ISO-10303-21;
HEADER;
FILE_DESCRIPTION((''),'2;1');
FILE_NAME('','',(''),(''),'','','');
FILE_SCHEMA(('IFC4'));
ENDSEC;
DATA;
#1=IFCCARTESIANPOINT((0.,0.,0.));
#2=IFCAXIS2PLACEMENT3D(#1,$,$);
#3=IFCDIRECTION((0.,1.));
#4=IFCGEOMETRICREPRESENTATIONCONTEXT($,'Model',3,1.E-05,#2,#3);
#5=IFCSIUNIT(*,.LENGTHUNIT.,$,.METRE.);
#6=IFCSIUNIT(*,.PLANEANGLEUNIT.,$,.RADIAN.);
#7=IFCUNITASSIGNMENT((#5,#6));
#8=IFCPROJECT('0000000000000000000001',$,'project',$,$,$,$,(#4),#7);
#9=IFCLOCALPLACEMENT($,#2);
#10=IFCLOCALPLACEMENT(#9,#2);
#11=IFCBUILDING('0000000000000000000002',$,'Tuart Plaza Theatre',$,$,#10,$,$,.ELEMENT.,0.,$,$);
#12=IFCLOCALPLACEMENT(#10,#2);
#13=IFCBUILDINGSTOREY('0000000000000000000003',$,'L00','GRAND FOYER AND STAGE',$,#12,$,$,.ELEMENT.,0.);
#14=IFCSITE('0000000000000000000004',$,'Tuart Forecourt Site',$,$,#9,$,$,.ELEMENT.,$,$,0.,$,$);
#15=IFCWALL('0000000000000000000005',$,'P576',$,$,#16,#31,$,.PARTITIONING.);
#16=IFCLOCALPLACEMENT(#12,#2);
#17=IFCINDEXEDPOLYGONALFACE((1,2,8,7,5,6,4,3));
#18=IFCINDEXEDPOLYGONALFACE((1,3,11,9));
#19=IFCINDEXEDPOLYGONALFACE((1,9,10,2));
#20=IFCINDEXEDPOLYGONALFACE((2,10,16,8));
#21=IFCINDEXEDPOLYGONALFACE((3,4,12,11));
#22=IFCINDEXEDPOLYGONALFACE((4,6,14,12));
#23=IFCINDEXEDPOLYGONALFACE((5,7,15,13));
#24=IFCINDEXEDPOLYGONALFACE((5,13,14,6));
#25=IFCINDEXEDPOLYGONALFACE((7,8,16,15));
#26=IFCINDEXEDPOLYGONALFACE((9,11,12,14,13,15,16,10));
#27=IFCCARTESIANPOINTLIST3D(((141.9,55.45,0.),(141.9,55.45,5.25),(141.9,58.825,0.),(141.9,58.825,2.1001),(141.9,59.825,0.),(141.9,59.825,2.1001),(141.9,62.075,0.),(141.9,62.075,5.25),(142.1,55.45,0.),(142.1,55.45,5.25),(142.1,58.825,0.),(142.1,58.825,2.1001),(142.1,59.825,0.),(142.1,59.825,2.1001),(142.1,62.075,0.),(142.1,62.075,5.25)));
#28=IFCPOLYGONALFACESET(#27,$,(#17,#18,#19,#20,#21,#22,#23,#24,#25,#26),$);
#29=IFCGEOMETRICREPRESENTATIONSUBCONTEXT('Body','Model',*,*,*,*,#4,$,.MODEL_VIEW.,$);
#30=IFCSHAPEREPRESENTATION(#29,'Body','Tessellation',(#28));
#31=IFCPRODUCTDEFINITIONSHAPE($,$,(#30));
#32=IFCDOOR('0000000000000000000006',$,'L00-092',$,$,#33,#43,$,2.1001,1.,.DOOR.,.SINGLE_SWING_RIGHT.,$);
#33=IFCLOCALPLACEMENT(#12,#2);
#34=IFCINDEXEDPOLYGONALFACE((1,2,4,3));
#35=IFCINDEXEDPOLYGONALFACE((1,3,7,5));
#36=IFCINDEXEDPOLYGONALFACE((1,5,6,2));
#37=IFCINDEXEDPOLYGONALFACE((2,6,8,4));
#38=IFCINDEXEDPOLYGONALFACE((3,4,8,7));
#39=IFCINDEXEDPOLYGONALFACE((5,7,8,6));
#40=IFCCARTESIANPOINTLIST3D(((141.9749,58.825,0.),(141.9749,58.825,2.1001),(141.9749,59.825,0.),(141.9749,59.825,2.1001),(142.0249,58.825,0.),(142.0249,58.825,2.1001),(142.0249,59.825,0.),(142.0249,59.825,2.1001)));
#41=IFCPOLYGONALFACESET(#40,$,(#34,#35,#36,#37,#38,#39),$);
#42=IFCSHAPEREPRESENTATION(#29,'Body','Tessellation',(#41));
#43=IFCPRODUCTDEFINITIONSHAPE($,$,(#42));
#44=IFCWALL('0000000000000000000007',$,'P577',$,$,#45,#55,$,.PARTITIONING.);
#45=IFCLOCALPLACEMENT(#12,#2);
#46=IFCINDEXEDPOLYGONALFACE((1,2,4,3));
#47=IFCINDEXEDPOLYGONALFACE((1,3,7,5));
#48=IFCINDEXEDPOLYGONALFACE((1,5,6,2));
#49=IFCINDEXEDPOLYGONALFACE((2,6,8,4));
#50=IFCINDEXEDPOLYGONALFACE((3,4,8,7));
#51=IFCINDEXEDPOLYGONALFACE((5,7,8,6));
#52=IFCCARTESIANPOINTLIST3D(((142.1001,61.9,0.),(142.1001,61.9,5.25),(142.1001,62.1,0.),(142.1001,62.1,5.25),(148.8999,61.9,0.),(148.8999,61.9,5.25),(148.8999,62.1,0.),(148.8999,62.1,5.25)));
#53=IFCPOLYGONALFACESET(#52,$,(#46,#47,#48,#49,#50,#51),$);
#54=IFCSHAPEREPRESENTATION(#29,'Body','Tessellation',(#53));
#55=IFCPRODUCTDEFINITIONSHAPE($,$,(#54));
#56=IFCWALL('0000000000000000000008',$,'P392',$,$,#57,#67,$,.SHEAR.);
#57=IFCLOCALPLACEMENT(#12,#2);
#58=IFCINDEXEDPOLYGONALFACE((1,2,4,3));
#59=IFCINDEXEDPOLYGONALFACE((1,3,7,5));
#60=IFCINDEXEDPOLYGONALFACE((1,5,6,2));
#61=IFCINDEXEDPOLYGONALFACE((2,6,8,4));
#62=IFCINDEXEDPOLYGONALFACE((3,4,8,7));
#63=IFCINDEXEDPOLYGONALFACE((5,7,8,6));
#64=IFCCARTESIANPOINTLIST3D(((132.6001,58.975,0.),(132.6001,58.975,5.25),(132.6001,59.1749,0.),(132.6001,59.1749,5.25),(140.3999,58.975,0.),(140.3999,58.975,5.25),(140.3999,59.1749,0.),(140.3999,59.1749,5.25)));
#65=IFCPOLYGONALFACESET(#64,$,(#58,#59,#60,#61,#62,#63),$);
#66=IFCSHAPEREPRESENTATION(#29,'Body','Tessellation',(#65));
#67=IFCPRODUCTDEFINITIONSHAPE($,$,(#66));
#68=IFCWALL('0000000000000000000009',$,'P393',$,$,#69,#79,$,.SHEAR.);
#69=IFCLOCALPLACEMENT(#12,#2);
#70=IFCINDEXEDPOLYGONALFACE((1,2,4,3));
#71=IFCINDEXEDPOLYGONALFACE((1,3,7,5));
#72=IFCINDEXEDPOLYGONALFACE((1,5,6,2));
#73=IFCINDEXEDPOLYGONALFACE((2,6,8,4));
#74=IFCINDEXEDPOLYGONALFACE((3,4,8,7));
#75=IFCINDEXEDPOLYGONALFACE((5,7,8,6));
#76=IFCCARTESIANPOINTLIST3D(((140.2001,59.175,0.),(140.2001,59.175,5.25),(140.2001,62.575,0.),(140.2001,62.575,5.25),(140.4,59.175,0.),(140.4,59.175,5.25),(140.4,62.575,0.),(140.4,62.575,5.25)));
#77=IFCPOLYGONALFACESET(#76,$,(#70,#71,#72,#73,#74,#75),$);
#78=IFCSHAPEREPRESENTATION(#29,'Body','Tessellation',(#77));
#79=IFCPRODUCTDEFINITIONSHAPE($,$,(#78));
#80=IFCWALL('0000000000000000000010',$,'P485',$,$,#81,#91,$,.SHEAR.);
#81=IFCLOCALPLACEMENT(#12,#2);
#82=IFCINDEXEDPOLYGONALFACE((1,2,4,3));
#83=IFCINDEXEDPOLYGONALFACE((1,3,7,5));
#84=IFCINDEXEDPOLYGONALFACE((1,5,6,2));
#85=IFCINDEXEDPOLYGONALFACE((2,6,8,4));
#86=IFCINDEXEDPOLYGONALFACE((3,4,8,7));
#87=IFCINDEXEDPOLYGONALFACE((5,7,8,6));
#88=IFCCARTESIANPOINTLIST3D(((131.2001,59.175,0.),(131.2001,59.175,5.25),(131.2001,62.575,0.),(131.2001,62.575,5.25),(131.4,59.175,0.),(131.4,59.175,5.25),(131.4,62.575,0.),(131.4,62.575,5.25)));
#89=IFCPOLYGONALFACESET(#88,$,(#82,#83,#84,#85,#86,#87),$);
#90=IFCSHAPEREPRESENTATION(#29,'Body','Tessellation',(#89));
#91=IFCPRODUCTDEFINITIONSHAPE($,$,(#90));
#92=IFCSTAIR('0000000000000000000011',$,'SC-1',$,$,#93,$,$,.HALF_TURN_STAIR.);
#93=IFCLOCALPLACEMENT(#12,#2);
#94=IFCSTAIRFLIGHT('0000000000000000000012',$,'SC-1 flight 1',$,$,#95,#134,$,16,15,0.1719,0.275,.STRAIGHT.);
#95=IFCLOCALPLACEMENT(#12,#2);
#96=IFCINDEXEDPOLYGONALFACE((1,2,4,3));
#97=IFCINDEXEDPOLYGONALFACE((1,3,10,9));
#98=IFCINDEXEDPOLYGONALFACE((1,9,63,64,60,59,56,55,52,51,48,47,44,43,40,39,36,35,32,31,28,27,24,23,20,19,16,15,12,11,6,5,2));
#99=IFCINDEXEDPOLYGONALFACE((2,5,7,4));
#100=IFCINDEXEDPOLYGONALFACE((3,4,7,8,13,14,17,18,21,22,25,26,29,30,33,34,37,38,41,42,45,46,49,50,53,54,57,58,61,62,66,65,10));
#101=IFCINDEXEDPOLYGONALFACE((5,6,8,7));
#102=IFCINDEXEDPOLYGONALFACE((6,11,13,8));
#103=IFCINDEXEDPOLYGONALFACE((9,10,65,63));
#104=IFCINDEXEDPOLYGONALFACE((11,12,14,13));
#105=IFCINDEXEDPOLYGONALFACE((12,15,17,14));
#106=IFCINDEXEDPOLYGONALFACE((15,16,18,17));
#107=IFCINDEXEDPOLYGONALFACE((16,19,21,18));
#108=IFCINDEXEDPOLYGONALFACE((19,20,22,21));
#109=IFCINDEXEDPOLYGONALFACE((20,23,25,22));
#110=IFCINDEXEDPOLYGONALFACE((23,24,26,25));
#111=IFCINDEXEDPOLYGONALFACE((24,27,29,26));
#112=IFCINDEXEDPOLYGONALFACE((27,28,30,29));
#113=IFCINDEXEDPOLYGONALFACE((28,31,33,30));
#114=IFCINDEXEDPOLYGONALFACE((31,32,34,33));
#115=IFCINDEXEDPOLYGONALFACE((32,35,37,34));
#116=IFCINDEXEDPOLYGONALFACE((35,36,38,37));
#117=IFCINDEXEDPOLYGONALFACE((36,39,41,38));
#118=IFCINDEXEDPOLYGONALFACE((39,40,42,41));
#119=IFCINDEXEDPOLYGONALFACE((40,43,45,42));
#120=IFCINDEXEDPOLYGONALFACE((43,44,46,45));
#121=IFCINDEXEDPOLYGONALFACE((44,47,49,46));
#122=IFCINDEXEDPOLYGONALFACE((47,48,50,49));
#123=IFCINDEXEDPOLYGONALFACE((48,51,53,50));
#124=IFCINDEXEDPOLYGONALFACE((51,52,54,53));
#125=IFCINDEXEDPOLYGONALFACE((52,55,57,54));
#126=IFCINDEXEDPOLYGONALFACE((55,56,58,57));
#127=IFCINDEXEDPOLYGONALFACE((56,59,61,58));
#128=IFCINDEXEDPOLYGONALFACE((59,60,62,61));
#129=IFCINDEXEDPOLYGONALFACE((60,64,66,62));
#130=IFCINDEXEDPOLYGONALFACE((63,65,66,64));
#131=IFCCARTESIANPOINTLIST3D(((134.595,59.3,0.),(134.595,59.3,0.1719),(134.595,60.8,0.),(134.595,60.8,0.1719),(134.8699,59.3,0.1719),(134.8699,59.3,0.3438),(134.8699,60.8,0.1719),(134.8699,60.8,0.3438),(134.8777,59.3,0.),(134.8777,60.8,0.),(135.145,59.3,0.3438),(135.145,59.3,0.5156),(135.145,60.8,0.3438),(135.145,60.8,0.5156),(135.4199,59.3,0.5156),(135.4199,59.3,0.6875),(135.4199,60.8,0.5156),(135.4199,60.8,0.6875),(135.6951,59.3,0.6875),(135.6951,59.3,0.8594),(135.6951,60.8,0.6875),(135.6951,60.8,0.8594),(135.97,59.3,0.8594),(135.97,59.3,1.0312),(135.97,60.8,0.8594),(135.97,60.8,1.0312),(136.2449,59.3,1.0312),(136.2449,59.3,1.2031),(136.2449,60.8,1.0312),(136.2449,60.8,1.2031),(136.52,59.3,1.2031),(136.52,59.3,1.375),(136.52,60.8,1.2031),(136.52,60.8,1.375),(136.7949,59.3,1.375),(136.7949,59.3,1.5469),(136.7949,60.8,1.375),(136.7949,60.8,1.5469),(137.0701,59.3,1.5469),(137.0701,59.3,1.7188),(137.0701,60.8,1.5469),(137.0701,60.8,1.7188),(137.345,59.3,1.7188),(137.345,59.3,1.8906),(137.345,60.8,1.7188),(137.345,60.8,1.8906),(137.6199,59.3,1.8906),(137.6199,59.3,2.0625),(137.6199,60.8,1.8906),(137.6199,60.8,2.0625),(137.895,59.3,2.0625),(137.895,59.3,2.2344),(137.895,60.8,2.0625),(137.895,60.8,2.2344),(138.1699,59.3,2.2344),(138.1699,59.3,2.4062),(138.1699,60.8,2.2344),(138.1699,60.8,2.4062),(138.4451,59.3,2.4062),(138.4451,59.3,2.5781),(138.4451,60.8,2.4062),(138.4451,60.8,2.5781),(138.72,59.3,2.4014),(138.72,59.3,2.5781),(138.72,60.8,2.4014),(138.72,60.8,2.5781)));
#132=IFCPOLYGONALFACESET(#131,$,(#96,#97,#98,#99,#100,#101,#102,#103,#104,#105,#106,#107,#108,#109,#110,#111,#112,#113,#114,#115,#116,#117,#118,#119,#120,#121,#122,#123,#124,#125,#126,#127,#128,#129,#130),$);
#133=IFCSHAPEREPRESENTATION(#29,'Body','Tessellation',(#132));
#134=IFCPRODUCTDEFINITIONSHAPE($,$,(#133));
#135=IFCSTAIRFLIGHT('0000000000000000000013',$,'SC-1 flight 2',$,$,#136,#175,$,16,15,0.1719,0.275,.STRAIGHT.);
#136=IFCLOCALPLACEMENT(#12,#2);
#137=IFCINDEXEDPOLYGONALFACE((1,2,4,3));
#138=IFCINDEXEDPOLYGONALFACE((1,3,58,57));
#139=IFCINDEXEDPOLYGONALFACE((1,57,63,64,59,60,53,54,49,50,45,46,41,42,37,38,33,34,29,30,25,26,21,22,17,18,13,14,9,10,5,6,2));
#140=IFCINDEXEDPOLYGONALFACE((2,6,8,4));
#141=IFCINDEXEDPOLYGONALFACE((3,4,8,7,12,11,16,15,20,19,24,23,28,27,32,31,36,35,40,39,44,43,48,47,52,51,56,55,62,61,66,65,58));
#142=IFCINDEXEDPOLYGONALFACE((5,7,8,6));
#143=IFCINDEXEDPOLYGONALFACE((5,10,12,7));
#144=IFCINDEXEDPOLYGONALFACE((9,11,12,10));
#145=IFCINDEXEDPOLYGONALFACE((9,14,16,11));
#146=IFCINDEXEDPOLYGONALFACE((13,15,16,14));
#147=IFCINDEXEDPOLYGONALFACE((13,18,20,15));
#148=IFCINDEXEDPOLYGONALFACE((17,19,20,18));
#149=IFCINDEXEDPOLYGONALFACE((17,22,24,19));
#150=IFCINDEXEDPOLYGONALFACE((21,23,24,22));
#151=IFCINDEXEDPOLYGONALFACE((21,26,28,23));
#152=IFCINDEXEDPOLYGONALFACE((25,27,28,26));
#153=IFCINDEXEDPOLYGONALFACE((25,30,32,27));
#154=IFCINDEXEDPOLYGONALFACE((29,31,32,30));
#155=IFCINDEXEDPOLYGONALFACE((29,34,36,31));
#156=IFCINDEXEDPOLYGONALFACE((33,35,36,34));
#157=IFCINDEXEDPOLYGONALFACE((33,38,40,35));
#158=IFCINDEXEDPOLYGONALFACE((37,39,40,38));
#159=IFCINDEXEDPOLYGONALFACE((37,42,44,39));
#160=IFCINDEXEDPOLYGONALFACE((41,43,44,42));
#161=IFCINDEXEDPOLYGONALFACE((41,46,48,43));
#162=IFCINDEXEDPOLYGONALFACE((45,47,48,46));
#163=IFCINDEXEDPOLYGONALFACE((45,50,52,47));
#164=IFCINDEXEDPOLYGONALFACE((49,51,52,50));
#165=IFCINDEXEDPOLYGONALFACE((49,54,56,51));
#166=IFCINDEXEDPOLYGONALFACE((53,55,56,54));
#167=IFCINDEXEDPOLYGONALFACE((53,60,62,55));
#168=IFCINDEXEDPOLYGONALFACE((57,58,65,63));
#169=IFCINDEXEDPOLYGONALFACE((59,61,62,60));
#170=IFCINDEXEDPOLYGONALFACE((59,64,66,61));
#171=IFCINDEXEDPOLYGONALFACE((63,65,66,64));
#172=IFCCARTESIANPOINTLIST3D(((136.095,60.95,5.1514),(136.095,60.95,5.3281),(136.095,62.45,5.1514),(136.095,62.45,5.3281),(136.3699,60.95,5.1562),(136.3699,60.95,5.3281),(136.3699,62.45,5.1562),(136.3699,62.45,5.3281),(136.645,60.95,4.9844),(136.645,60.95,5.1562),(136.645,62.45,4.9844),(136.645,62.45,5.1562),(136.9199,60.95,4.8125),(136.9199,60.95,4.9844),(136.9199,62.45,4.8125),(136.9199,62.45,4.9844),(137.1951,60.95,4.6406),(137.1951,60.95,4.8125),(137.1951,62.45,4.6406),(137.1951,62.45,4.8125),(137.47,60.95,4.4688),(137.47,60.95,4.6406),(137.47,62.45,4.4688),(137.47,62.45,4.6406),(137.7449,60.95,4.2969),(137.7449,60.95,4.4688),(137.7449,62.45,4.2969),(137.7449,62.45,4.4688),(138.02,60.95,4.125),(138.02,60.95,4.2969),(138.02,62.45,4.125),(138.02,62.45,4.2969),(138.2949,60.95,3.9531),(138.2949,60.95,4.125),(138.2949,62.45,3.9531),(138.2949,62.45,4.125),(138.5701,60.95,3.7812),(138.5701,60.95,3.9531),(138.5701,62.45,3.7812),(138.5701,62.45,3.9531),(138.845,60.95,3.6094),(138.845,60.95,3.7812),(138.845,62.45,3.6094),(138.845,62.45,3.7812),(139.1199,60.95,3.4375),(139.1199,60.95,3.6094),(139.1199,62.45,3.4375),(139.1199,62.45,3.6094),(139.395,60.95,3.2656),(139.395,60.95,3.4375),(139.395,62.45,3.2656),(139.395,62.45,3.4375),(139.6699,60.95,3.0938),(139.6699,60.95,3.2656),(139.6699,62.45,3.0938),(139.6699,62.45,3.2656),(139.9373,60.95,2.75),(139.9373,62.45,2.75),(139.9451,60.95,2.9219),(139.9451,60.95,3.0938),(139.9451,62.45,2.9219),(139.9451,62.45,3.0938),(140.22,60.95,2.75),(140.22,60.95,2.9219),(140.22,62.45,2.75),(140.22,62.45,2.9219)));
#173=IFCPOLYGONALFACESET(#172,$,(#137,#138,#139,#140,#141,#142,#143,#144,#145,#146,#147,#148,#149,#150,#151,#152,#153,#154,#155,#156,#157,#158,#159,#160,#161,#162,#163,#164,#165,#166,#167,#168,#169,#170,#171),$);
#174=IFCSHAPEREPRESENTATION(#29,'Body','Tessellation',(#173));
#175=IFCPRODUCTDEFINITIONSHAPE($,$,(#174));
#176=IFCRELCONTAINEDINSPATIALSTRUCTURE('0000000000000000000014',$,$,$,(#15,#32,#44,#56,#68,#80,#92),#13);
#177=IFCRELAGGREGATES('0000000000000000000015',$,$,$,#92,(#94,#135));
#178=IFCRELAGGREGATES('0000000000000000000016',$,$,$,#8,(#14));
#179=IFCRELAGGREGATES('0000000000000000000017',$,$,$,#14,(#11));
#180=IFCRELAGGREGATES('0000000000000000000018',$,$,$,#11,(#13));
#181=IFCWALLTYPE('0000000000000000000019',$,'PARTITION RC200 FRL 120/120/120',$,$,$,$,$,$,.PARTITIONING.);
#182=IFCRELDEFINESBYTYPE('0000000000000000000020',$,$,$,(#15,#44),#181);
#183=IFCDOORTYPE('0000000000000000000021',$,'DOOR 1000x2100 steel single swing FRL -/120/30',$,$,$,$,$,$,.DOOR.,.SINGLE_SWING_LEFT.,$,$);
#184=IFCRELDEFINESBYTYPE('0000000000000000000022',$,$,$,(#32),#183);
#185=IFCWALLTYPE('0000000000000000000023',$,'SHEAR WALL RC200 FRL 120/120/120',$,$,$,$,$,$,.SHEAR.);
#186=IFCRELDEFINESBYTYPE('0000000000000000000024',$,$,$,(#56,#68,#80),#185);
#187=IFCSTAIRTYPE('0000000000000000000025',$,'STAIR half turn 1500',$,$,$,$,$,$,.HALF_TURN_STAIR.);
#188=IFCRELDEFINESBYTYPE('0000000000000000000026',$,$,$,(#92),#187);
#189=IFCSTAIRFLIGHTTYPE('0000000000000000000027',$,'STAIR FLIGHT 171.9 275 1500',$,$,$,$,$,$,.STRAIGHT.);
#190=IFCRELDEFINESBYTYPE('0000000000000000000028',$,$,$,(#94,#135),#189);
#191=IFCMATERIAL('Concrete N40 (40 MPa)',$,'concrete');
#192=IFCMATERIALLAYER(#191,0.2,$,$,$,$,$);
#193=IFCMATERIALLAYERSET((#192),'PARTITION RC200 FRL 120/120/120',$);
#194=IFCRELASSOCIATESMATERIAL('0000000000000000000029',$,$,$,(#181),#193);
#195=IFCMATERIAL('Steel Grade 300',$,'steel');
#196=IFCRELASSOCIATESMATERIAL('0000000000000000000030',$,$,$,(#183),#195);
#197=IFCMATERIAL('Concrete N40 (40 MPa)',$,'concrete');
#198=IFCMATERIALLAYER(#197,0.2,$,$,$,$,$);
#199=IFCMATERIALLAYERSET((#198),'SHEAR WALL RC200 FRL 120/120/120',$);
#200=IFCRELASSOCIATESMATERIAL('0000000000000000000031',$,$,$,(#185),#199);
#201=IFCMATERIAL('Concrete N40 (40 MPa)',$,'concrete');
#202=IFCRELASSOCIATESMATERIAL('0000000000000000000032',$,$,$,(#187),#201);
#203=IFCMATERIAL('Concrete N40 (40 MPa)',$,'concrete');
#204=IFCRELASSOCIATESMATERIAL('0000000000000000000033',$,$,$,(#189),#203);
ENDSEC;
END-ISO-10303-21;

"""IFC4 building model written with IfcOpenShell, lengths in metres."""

from ifc_helpers import new_model, si_unit, direction, frame, frame_2d, origin, place, context, subcontext, project, spatial, polyline, rectangle, outline, extrude, material, layer, layer_set, type_object, element, fill, aggregate, save


model = new_model("IFC4")

# Units and contexts
model_context = context("Model", 3, precision=1e-05, world=origin(), true_north=direction((0.0, 1.0)))
body_context = subcontext(model_context, "Body", "Model", "MODEL_VIEW")
ifc_project = project(units=[si_unit("LENGTHUNIT", "METRE"), si_unit("PLANEANGLEUNIT", "RADIAN")], contexts=[model_context])

# Site, building, storey
site_placement = place(None, origin())
site = spatial("IfcSite", under=ifc_project, at=site_placement, Name="Tuart Forecourt Site", CompositionType="ELEMENT", RefElevation=0.0)
building_placement = place(site_placement, origin())
building = spatial("IfcBuilding", under=site, at=building_placement, Name="Tuart Plaza Theatre", CompositionType="ELEMENT", ElevationOfRefHeight=0.0)
storey_placement = place(building_placement, origin())
storey = spatial("IfcBuildingStorey", under=building, at=storey_placement, Name="L00", Description="GRAND FOYER AND STAGE", CompositionType="ELEMENT", Elevation=0.0)

# Wall, opening, door
ifc_material_1 = material(Name="Concrete N40 (40 MPa)", Category="concrete")
ifc_layer_1 = layer(ifc_material_1, 0.2)
ifc_layer_set_1 = layer_set([ifc_layer_1], Name="PARTITION RC200 FRL 120/120/120")
wall_type_1 = type_object("IfcWallType", Name="PARTITION RC200 FRL 120/120/120", PredefinedType="PARTITIONING", material=ifc_layer_set_1)
wall_1_placement = place(storey_placement, frame((142.0, 55.45, 0.0), z_axis=(0.0, 0.0, 1.0), x_axis=(0.0, 1.0, 0.0)))
wall_1 = element("IfcWall", 1, at=wall_1_placement, inside=storey, type_object=wall_type_1, Name="P576", PredefinedType="PARTITIONING", context=body_context, shape_type="SweptSolid", body=[
    extrude(rectangle(XDim=6.625, YDim=0.2, at=frame_2d((3.3125, 0.0))), origin(), (0.0, 0.0, 1.0), 5.25),
])
opening_1_placement = place(wall_1_placement, frame((3.375, 0.0, 0.0)))
opening_1 = element("IfcOpeningElement", 2, at=opening_1_placement, cuts=wall_1, PredefinedType="OPENING", context=body_context, shape_type="SweptSolid", body=[
    extrude(rectangle(XDim=1.0, YDim=2.1001, at=frame_2d((0.5, 1.05))), frame((0.0, 0.1099, 0.0), z_axis=(0.0, -1.0, 0.0), x_axis=(1.0, 0.0, 0.0)), (0.0, 0.0, 1.0), 0.22),
])
ifc_material_2 = material(Name="Steel Grade 300", Category="steel")
door_type_1 = type_object("IfcDoorType", Name="DOOR 1000x2100 steel single swing FRL -/120/30", OperationType="SINGLE_SWING_LEFT", PredefinedType="DOOR", material=ifc_material_2)
door_1_placement = place(opening_1_placement, frame((1.0, 0.0, 0.0), z_axis=(0.0, 0.0, 1.0), x_axis=(-1.0, 0.0, 0.0)))
door_1 = element("IfcDoor", 3, at=door_1_placement, inside=storey, type_object=door_type_1, Name="L00-092", OperationType="SINGLE_SWING_RIGHT", OverallHeight=2.1001, OverallWidth=1.0, PredefinedType="DOOR", context=body_context, shape_type="SweptSolid", body=[
    extrude(rectangle(XDim=1.0, YDim=2.1001, at=frame_2d((0.5, 1.05))), frame((0.0, 0.0249, 0.0), z_axis=(0.0, -1.0, 0.0), x_axis=(1.0, 0.0, 0.0)), (0.0, 0.0, 1.0), 0.05),
])
fill(opening_1, door_1)

# Walls
wall_2_placement = place(storey_placement, frame((142.1001, 62.0, 0.0), z_axis=(0.0, 0.0, 1.0), x_axis=(1.0, 0.0, 0.0)))
element("IfcWall", 4, at=wall_2_placement, inside=storey, type_object=wall_type_1, Name="P577", PredefinedType="PARTITIONING", context=body_context, shape_type="SweptSolid", body=[
    extrude(rectangle(XDim=6.7998, YDim=0.2, at=frame_2d((3.3999, 0.0))), origin(), (0.0, 0.0, 1.0), 5.25),
])
ifc_material_3 = material(Name="Concrete N40 (40 MPa)", Category="concrete")
ifc_layer_2 = layer(ifc_material_3, 0.2)
ifc_layer_set_2 = layer_set([ifc_layer_2], Name="SHEAR WALL RC200 FRL 120/120/120")
wall_type_2 = type_object("IfcWallType", Name="SHEAR WALL RC200 FRL 120/120/120", PredefinedType="SHEAR", material=ifc_layer_set_2)
wall_3_placement = place(storey_placement, frame((132.6001, 59.075, 0.0), z_axis=(0.0, 0.0, 1.0), x_axis=(1.0, 0.0, 0.0)))
element("IfcWall", 5, at=wall_3_placement, inside=storey, type_object=wall_type_2, Name="P392", PredefinedType="SHEAR", context=body_context, shape_type="SweptSolid", body=[
    extrude(rectangle(XDim=7.7998, YDim=0.2, at=frame_2d((3.8999, 0.0))), origin(), (0.0, 0.0, 1.0), 5.25),
])
for number, where, z_axis, x_axis, name in (
    (6, (140.3, 59.175, 0.0), (0.0, 0.0, 1.0), (0.0, 1.0, 0.0), "P393"),
    (7, (131.3, 59.175, 0.0), (0.0, 0.0, 1.0), (0.0, 1.0, 0.0), "P485"),
):
    element("IfcWall", number, at=place(storey_placement, frame(where, z_axis=z_axis, x_axis=x_axis)), inside=storey, type_object=wall_type_2, Name=name, PredefinedType="SHEAR", context=body_context, shape_type="SweptSolid", body=[
        extrude(rectangle(XDim=3.3999, YDim=0.2, at=frame_2d((1.7, 0.0))), origin(), (0.0, 0.0, 1.0), 5.25),
    ])

# Stair, stair flights
ifc_material_4 = material(Name="Concrete N40 (40 MPa)", Category="concrete")
stair_type = type_object("IfcStairType", Name="STAIR half turn 1500", PredefinedType="HALF_TURN_STAIR", material=ifc_material_4)
stair_placement = place(storey_placement, origin())
stair = element("IfcStair", 8, at=stair_placement, inside=storey, type_object=stair_type, Name="SC-1", PredefinedType="HALF_TURN_STAIR")
ifc_material_5 = material(Name="Concrete N40 (40 MPa)", Category="concrete")
stair_flight_type = type_object("IfcStairFlightType", Name="STAIR FLIGHT 171.9 275 1500", PredefinedType="STRAIGHT", material=ifc_material_5)
stair_flight_1_placement = place(storey_placement, frame((134.595, 60.05, 0.0), z_axis=(0.0, 0.0, 1.0), x_axis=(1.0, 0.0, 0.0)))
stair_flight_1 = element("IfcStairFlight", 9, at=stair_flight_1_placement, type_object=stair_flight_type, Name="SC-1 flight 1", NumberOfRisers=16, NumberOfTreads=15, PredefinedType="STRAIGHT", RiserHeight=0.1719, TreadLength=0.275, context=body_context, shape_type="SweptSolid", body=[
    extrude(outline(polyline([(0.0, 0.0), (0.0, 0.1719), (0.2749, 0.1719), (0.2749, 0.3438), (0.55, 0.3438), (0.55, 0.5156), (0.825, 0.5156), (0.825, 0.6875), (1.1001, 0.6875), (1.1001, 0.8594), (1.375, 0.8594), (1.375, 1.0312), (1.6499, 1.0312), (1.6499, 1.2031), (1.925, 1.2031), (1.925, 1.375), (2.2, 1.375), (2.2, 1.5469), (2.4751, 1.5469), (2.4751, 1.7188), (2.75, 1.7188), (2.75, 1.8906), (3.0249, 1.8906), (3.0249, 2.0625), (3.3, 2.0625), (3.3, 2.2344), (3.575, 2.2344), (3.575, 2.4062), (3.8501, 2.4062), (3.8501, 2.5781), (4.125, 2.5781), (4.125, 2.75), (4.125, 2.4014), (0.2827, 0.0), (0.0, 0.0)])), frame((0.0, 0.75, 0.0), z_axis=(0.0, -1.0, 0.0), x_axis=(1.0, 0.0, 0.0)), (0.0, 0.0, 1.0), 1.5),
])
stair_flight_2_placement = place(storey_placement, frame((140.22, 61.7, 2.75), z_axis=(0.0, 0.0, 1.0), x_axis=(-1.0, 0.0, 0.0)))
stair_flight_2 = element("IfcStairFlight", 10, at=stair_flight_2_placement, type_object=stair_flight_type, Name="SC-1 flight 2", NumberOfRisers=16, NumberOfTreads=15, PredefinedType="STRAIGHT", RiserHeight=0.1719, TreadLength=0.275, context=body_context, shape_type="SweptSolid", body=[
    extrude(outline(polyline([(0.0, 0.0), (0.0, 0.1719), (0.2749, 0.1719), (0.2749, 0.3438), (0.55, 0.3438), (0.55, 0.5156), (0.825, 0.5156), (0.825, 0.6875), (1.1001, 0.6875), (1.1001, 0.8594), (1.375, 0.8594), (1.375, 1.0312), (1.6499, 1.0312), (1.6499, 1.2031), (1.925, 1.2031), (1.925, 1.375), (2.2, 1.375), (2.2, 1.5469), (2.4751, 1.5469), (2.4751, 1.7188), (2.75, 1.7188), (2.75, 1.8906), (3.0249, 1.8906), (3.0249, 2.0625), (3.3, 2.0625), (3.3, 2.2344), (3.575, 2.2344), (3.575, 2.4062), (3.8501, 2.4062), (3.8501, 2.5781), (4.125, 2.5781), (4.125, 2.75), (4.125, 2.4014), (0.2827, 0.0), (0.0, 0.0)])), frame((0.0, 0.75, 0.0), z_axis=(0.0, -1.0, 0.0), x_axis=(1.0, 0.0, 0.0)), (0.0, 0.0, 1.0), 1.5),
])
aggregate(stair, [stair_flight_1, stair_flight_2])

save(model, "model.ifc")
